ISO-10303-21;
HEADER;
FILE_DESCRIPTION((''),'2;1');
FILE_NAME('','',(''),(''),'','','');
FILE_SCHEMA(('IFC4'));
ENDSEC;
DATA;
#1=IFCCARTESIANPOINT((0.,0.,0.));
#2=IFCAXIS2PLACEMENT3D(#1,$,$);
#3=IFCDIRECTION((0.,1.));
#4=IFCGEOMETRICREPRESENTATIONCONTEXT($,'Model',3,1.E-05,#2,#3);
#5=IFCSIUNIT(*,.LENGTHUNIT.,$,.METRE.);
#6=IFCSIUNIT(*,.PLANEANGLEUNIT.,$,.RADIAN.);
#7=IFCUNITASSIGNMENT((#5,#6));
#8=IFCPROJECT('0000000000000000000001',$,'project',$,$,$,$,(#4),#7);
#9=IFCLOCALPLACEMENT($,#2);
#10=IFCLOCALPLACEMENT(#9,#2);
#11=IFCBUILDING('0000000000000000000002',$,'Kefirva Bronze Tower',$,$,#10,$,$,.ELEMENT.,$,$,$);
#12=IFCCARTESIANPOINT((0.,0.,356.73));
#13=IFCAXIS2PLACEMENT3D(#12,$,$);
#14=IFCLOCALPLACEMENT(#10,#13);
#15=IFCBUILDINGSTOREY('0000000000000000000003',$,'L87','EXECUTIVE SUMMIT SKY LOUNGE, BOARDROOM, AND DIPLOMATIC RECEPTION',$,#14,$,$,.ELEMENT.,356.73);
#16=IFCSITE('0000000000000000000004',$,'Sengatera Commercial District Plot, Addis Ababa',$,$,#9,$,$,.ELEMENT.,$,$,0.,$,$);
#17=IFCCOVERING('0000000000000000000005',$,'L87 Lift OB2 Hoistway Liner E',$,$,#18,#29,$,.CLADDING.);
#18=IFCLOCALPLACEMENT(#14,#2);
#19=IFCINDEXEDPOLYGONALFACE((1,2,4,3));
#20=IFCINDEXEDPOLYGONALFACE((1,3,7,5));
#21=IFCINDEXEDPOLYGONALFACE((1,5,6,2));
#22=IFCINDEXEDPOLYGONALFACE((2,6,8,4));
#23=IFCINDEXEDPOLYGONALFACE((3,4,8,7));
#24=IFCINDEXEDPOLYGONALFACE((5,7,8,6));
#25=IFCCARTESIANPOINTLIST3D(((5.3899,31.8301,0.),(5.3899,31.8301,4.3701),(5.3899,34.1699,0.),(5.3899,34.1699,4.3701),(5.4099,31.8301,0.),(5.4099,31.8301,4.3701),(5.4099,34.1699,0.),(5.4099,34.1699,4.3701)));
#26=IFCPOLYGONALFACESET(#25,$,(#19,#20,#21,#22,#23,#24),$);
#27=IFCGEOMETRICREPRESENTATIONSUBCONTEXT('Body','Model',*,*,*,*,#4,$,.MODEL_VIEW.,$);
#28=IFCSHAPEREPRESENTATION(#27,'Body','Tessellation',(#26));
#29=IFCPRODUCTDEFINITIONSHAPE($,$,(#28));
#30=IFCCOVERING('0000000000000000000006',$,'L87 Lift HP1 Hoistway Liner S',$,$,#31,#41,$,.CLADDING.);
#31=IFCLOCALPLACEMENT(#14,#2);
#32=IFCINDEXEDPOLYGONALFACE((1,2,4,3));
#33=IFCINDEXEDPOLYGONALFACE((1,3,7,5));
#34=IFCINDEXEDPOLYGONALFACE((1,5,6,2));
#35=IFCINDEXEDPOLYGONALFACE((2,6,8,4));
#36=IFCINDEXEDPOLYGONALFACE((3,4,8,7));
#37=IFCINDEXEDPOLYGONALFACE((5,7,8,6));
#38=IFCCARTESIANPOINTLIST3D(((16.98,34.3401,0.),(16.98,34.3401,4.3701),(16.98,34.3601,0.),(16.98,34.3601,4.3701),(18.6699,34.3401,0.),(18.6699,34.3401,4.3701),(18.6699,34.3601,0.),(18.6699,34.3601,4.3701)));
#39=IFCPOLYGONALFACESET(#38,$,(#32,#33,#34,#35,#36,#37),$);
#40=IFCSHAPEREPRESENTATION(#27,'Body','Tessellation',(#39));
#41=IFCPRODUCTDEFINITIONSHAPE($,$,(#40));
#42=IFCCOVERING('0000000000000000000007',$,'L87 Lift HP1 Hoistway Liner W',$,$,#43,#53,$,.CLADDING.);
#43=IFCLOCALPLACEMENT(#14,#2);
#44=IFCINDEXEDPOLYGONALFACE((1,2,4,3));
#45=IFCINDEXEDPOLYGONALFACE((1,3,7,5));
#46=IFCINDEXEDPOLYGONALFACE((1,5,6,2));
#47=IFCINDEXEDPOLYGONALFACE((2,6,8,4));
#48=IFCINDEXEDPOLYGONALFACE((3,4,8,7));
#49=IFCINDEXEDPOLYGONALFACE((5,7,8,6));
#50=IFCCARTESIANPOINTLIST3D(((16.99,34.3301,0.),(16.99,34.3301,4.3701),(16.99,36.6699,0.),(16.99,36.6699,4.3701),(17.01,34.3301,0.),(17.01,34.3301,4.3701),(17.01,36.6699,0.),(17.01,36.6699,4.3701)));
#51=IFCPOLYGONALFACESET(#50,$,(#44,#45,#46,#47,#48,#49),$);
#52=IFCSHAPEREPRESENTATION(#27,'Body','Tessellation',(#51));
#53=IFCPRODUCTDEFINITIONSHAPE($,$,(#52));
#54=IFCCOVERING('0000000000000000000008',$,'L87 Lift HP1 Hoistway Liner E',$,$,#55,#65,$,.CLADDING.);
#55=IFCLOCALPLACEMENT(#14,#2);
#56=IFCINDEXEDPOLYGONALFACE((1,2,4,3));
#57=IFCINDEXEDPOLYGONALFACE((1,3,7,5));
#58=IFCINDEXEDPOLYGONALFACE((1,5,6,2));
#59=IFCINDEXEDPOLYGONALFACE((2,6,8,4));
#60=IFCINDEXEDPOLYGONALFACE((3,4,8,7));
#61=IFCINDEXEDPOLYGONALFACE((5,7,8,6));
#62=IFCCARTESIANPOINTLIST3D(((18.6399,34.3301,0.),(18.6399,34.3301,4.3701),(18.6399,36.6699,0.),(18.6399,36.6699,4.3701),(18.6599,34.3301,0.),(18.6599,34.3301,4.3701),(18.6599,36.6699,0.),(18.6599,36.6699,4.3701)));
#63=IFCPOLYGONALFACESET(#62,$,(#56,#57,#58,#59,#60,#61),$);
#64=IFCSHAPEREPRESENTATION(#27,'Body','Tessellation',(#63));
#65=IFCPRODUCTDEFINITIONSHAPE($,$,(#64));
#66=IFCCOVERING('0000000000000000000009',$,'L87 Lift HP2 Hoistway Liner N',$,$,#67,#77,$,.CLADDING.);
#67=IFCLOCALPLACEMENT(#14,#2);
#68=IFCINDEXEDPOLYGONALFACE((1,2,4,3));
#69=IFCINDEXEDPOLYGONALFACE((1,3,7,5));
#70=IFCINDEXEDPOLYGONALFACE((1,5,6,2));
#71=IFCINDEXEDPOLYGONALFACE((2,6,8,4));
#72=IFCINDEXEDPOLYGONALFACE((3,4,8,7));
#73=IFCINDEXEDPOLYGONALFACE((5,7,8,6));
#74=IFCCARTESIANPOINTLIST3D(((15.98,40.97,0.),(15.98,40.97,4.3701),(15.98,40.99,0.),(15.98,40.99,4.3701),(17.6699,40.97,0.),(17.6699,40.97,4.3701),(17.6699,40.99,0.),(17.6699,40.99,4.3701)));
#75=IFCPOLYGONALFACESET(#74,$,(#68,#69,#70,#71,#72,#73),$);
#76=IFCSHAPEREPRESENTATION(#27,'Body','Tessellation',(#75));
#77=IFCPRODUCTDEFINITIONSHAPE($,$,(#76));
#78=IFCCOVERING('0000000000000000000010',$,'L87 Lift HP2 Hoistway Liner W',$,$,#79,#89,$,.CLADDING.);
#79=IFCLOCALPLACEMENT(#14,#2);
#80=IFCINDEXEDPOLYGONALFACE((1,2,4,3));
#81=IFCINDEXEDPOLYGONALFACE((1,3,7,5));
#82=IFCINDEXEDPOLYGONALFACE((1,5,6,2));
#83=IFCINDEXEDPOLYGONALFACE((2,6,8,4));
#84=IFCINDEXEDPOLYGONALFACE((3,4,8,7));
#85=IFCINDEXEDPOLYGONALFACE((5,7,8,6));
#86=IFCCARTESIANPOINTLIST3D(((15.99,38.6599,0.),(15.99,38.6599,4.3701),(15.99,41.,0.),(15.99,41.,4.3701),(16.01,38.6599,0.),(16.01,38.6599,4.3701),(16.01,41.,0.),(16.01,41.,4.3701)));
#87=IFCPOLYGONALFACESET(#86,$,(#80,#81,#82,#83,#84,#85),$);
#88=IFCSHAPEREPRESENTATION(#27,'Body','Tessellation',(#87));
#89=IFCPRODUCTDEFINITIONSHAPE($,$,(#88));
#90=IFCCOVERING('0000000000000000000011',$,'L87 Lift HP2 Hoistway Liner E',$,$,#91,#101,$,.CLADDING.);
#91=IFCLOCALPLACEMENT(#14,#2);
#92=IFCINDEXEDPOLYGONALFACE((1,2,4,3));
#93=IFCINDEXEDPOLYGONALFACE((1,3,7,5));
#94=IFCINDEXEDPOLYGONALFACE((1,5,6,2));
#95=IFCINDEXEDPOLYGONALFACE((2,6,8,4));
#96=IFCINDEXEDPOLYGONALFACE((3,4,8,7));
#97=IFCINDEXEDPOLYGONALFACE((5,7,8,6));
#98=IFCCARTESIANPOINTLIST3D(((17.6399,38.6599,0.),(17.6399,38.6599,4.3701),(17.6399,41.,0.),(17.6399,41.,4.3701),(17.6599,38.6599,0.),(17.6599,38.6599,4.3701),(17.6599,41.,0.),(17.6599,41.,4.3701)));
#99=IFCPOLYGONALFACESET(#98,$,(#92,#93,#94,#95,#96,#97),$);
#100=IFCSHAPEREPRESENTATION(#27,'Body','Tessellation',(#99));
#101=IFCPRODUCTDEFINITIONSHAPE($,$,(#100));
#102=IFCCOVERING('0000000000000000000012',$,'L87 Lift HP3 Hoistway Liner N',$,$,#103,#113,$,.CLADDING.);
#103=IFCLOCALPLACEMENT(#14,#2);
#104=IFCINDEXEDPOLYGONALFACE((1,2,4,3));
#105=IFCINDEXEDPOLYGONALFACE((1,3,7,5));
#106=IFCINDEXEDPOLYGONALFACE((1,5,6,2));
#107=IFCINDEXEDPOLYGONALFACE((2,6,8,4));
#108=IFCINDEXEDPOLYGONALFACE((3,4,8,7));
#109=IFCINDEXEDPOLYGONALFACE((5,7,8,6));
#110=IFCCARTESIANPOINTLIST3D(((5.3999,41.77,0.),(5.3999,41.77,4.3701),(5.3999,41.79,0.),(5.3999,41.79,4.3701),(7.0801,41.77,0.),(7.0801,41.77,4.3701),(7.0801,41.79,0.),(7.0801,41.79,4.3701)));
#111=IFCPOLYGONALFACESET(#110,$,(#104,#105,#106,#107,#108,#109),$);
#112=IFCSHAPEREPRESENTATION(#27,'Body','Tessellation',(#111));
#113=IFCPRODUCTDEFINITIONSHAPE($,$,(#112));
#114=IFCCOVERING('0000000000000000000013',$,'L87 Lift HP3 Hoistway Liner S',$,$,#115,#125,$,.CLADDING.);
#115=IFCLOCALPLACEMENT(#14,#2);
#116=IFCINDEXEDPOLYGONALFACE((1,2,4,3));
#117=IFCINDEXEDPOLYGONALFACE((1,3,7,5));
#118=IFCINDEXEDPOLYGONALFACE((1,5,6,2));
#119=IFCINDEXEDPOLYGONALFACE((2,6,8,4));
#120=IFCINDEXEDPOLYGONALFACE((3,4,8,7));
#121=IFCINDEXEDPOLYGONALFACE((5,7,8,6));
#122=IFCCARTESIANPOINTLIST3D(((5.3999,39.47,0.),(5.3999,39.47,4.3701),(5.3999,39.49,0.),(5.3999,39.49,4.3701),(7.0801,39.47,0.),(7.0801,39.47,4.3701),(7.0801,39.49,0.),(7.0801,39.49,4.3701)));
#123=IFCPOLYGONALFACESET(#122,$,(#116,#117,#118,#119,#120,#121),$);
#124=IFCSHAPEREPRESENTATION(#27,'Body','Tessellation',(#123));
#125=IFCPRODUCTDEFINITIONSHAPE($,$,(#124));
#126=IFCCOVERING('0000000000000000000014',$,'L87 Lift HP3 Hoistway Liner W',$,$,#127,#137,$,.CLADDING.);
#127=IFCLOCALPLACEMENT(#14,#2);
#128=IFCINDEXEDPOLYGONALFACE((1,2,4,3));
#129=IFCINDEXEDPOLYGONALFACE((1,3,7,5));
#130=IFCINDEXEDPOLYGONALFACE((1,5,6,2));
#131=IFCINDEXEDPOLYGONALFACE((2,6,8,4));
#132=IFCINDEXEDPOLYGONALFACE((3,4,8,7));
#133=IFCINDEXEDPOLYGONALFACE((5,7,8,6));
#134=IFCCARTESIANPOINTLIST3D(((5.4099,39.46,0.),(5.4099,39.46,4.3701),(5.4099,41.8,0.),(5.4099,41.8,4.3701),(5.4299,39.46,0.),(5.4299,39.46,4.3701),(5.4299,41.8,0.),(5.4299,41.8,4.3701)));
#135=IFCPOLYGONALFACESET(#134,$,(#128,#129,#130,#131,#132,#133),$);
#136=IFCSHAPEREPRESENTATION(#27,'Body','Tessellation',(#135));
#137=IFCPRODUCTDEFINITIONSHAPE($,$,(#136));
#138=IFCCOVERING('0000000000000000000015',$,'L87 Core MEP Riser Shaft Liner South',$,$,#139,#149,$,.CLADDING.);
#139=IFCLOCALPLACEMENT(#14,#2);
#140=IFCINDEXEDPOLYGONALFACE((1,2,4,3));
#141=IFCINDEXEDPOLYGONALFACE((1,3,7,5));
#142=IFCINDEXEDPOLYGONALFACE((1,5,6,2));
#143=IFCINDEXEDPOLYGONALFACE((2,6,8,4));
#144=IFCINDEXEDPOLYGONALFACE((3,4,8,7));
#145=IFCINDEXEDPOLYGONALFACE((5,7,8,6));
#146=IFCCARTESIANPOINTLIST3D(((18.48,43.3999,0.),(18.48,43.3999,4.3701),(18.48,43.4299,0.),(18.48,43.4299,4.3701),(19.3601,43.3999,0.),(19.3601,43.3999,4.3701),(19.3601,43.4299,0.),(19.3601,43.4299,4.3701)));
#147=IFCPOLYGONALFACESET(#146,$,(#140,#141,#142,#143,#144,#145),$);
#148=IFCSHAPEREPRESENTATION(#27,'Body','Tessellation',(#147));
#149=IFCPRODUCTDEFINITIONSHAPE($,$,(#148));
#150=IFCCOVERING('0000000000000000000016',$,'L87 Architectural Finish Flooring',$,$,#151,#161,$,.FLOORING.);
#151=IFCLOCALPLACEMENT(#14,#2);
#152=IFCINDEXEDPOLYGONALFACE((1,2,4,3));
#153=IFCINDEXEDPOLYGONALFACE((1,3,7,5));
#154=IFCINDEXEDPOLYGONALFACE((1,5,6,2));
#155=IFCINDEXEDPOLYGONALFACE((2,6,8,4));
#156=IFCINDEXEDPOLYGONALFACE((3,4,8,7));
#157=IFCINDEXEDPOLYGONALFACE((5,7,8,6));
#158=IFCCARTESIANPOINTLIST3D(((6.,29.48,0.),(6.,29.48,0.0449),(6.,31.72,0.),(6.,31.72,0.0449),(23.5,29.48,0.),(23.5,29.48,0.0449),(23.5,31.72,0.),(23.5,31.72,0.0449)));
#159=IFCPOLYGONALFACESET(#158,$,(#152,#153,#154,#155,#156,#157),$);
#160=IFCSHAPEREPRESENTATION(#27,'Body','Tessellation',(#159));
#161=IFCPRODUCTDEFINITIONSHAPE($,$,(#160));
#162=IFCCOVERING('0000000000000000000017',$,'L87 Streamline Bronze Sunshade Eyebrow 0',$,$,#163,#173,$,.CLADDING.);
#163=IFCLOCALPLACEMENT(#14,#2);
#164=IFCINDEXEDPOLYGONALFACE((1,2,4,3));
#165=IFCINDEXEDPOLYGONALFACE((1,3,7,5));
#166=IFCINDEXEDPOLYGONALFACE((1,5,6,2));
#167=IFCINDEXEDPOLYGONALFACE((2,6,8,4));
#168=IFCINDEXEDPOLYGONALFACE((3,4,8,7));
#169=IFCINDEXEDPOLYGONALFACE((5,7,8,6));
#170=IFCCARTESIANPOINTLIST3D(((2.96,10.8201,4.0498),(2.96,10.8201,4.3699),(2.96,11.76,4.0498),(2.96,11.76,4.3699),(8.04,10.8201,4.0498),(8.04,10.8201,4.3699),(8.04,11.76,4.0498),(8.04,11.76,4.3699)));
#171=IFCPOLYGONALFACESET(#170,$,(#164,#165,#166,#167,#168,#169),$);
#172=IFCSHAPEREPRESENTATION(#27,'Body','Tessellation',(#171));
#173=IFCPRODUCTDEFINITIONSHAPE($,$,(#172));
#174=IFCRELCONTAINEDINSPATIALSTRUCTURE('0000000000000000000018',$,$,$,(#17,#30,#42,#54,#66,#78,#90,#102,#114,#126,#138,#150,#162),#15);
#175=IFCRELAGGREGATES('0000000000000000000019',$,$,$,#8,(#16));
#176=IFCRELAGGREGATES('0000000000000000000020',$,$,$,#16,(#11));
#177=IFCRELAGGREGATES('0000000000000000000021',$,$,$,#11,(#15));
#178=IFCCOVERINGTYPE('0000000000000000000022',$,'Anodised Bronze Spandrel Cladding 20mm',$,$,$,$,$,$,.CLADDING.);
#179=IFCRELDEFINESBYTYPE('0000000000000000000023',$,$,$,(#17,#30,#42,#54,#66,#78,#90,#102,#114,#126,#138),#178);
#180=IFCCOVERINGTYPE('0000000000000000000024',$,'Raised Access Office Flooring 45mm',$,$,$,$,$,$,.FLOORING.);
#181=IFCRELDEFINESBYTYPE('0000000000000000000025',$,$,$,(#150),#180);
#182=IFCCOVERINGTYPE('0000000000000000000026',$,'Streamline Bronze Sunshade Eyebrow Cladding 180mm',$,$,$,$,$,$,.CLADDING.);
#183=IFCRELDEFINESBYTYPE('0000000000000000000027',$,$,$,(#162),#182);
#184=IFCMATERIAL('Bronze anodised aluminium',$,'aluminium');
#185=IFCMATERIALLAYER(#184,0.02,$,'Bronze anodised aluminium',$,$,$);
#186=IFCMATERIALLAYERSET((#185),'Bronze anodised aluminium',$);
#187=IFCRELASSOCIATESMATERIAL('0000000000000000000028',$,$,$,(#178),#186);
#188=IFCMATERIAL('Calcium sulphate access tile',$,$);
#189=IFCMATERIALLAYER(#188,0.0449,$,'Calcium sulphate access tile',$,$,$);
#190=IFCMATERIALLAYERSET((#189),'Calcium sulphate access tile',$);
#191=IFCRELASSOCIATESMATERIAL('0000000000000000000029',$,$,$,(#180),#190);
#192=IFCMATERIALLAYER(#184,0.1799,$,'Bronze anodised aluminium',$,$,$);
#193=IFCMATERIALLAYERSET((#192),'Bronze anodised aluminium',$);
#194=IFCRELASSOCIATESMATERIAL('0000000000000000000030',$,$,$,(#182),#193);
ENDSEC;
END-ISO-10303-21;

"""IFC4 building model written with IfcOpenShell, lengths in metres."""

from ifc_helpers import new_model, si_unit, direction, frame, origin, origin_2d, place, context, subcontext, project, spatial, polyline, rectangle, outline, extrude, material, layer, layer_set, type_object, element, save


model = new_model("IFC4")

# Units and contexts
model_context = context("Model", 3, precision=1e-05, world=origin(), true_north=direction((0.0, 1.0)))
body_context = subcontext(model_context, "Body", "Model", "MODEL_VIEW")
ifc_project = project(units=[si_unit("LENGTHUNIT", "METRE"), si_unit("PLANEANGLEUNIT", "RADIAN")], contexts=[model_context])

# Site, building, storey
site_placement = place(None, origin())
site = spatial("IfcSite", under=ifc_project, at=site_placement, Name="Sengatera Commercial District Plot, Addis Ababa", CompositionType="ELEMENT", RefElevation=0.0)
building_placement = place(site_placement, origin())
building = spatial("IfcBuilding", under=site, at=building_placement, Name="Kefirva Bronze Tower", CompositionType="ELEMENT")
storey_placement = place(building_placement, frame((0.0, 0.0, 356.73)))
storey = spatial("IfcBuildingStorey", under=building, at=storey_placement, Name="L87", Description="EXECUTIVE SUMMIT SKY LOUNGE, BOARDROOM, AND DIPLOMATIC RECEPTION", CompositionType="ELEMENT", Elevation=356.73)

# Coverings
ifc_material_1 = material(Name="Bronze anodised aluminium", Category="aluminium")
ifc_layer_1 = layer(ifc_material_1, 0.02, Name="Bronze anodised aluminium")
ifc_layer_set_1 = layer_set([ifc_layer_1], Name="Bronze anodised aluminium")
covering_type_1 = type_object("IfcCoveringType", Name="Anodised Bronze Spandrel Cladding 20mm", PredefinedType="CLADDING", material=ifc_layer_set_1)
covering_1_placement = place(storey_placement, origin())
element("IfcCovering", 1, at=covering_1_placement, inside=storey, type_object=covering_type_1, Name="L87 Lift OB2 Hoistway Liner E", PredefinedType="CLADDING", context=body_context, shape_type="SweptSolid", body=[
    extrude(outline(polyline([(5.3899, 31.8301), (5.4099, 31.8301), (5.4099, 34.1699), (5.3899, 34.1699), (5.3899, 31.8301)])), origin(), (0.0, 0.0, 1.0), 4.3701),
])
covering_2_placement = place(storey_placement, origin())
element("IfcCovering", 2, at=covering_2_placement, inside=storey, type_object=covering_type_1, Name="L87 Lift HP1 Hoistway Liner S", PredefinedType="CLADDING", context=body_context, shape_type="SweptSolid", body=[
    extrude(outline(polyline([(16.98, 34.3401), (18.6699, 34.3401), (18.6699, 34.3601), (16.98, 34.3601), (16.98, 34.3401)])), origin(), (0.0, 0.0, 1.0), 4.3701),
])
covering_3_placement = place(storey_placement, origin())
element("IfcCovering", 3, at=covering_3_placement, inside=storey, type_object=covering_type_1, Name="L87 Lift HP1 Hoistway Liner W", PredefinedType="CLADDING", context=body_context, shape_type="SweptSolid", body=[
    extrude(outline(polyline([(16.99, 34.3301), (17.01, 34.3301), (17.01, 36.6699), (16.99, 36.6699), (16.99, 34.3301)])), origin(), (0.0, 0.0, 1.0), 4.3701),
])
covering_4_placement = place(storey_placement, origin())
element("IfcCovering", 4, at=covering_4_placement, inside=storey, type_object=covering_type_1, Name="L87 Lift HP1 Hoistway Liner E", PredefinedType="CLADDING", context=body_context, shape_type="SweptSolid", body=[
    extrude(outline(polyline([(18.6399, 34.3301), (18.6599, 34.3301), (18.6599, 36.6699), (18.6399, 36.6699), (18.6399, 34.3301)])), origin(), (0.0, 0.0, 1.0), 4.3701),
])
covering_5_placement = place(storey_placement, origin())
element("IfcCovering", 5, at=covering_5_placement, inside=storey, type_object=covering_type_1, Name="L87 Lift HP2 Hoistway Liner N", PredefinedType="CLADDING", context=body_context, shape_type="SweptSolid", body=[
    extrude(outline(polyline([(15.98, 40.97), (17.6699, 40.97), (17.6699, 40.99), (15.98, 40.99), (15.98, 40.97)])), origin(), (0.0, 0.0, 1.0), 4.3701),
])
covering_6_placement = place(storey_placement, origin())
element("IfcCovering", 6, at=covering_6_placement, inside=storey, type_object=covering_type_1, Name="L87 Lift HP2 Hoistway Liner W", PredefinedType="CLADDING", context=body_context, shape_type="SweptSolid", body=[
    extrude(outline(polyline([(15.99, 38.6599), (16.01, 38.6599), (16.01, 41.0), (15.99, 41.0), (15.99, 38.6599)])), origin(), (0.0, 0.0, 1.0), 4.3701),
])
covering_7_placement = place(storey_placement, origin())
element("IfcCovering", 7, at=covering_7_placement, inside=storey, type_object=covering_type_1, Name="L87 Lift HP2 Hoistway Liner E", PredefinedType="CLADDING", context=body_context, shape_type="SweptSolid", body=[
    extrude(outline(polyline([(17.6399, 38.6599), (17.6599, 38.6599), (17.6599, 41.0), (17.6399, 41.0), (17.6399, 38.6599)])), origin(), (0.0, 0.0, 1.0), 4.3701),
])
covering_8_placement = place(storey_placement, origin())
element("IfcCovering", 8, at=covering_8_placement, inside=storey, type_object=covering_type_1, Name="L87 Lift HP3 Hoistway Liner N", PredefinedType="CLADDING", context=body_context, shape_type="SweptSolid", body=[
    extrude(outline(polyline([(5.3999, 41.77), (7.0801, 41.77), (7.0801, 41.79), (5.3999, 41.79), (5.3999, 41.77)])), origin(), (0.0, 0.0, 1.0), 4.3701),
])
covering_9_placement = place(storey_placement, origin())
element("IfcCovering", 9, at=covering_9_placement, inside=storey, type_object=covering_type_1, Name="L87 Lift HP3 Hoistway Liner S", PredefinedType="CLADDING", context=body_context, shape_type="SweptSolid", body=[
    extrude(outline(polyline([(5.3999, 39.47), (7.0801, 39.47), (7.0801, 39.49), (5.3999, 39.49), (5.3999, 39.47)])), origin(), (0.0, 0.0, 1.0), 4.3701),
])
covering_10_placement = place(storey_placement, origin())
element("IfcCovering", 10, at=covering_10_placement, inside=storey, type_object=covering_type_1, Name="L87 Lift HP3 Hoistway Liner W", PredefinedType="CLADDING", context=body_context, shape_type="SweptSolid", body=[
    extrude(outline(polyline([(5.4099, 39.46), (5.4299, 39.46), (5.4299, 41.8), (5.4099, 41.8), (5.4099, 39.46)])), origin(), (0.0, 0.0, 1.0), 4.3701),
])
covering_11_placement = place(storey_placement, origin())
element("IfcCovering", 11, at=covering_11_placement, inside=storey, type_object=covering_type_1, Name="L87 Core MEP Riser Shaft Liner South", PredefinedType="CLADDING", context=body_context, shape_type="SweptSolid", body=[
    extrude(outline(polyline([(18.48, 43.3999), (19.3601, 43.3999), (19.3601, 43.4299), (18.48, 43.4299), (18.48, 43.3999)])), origin(), (0.0, 0.0, 1.0), 4.3701),
])
ifc_material_2 = material(Name="Calcium sulphate access tile")
ifc_layer_2 = layer(ifc_material_2, 0.0449, Name="Calcium sulphate access tile")
ifc_layer_set_2 = layer_set([ifc_layer_2], Name="Calcium sulphate access tile")
covering_type_2 = type_object("IfcCoveringType", Name="Raised Access Office Flooring 45mm", PredefinedType="FLOORING", material=ifc_layer_set_2)
covering_12_placement = place(storey_placement, origin())
element("IfcCovering", 12, at=covering_12_placement, inside=storey, type_object=covering_type_2, Name="L87 Architectural Finish Flooring", PredefinedType="FLOORING", context=body_context, shape_type="SweptSolid", body=[
    extrude(outline(polyline([(6.0, 29.48), (23.5, 29.48), (23.5, 31.72), (6.0, 31.72), (6.0, 29.48)])), origin(), (0.0, 0.0, 1.0), 0.0449),
])
ifc_layer_3 = layer(ifc_material_1, 0.1799, Name="Bronze anodised aluminium")
ifc_layer_set_3 = layer_set([ifc_layer_3], Name="Bronze anodised aluminium")
covering_type_3 = type_object("IfcCoveringType", Name="Streamline Bronze Sunshade Eyebrow Cladding 180mm", PredefinedType="CLADDING", material=ifc_layer_set_3)
covering_13_placement = place(storey_placement, frame((5.5, 11.29, 4.0498), z_axis=(0.0, 0.0, 1.0), x_axis=(1.0, 0.0, 0.0)))
element("IfcCovering", 13, at=covering_13_placement, inside=storey, type_object=covering_type_3, Name="L87 Streamline Bronze Sunshade Eyebrow 0", PredefinedType="CLADDING", context=body_context, shape_type="SweptSolid", body=[
    extrude(rectangle(XDim=5.0801, YDim=0.9399, at=origin_2d()), origin(), (0.0, 0.0, 1.0), 0.3201),
])

save(model, "model.ifc")
